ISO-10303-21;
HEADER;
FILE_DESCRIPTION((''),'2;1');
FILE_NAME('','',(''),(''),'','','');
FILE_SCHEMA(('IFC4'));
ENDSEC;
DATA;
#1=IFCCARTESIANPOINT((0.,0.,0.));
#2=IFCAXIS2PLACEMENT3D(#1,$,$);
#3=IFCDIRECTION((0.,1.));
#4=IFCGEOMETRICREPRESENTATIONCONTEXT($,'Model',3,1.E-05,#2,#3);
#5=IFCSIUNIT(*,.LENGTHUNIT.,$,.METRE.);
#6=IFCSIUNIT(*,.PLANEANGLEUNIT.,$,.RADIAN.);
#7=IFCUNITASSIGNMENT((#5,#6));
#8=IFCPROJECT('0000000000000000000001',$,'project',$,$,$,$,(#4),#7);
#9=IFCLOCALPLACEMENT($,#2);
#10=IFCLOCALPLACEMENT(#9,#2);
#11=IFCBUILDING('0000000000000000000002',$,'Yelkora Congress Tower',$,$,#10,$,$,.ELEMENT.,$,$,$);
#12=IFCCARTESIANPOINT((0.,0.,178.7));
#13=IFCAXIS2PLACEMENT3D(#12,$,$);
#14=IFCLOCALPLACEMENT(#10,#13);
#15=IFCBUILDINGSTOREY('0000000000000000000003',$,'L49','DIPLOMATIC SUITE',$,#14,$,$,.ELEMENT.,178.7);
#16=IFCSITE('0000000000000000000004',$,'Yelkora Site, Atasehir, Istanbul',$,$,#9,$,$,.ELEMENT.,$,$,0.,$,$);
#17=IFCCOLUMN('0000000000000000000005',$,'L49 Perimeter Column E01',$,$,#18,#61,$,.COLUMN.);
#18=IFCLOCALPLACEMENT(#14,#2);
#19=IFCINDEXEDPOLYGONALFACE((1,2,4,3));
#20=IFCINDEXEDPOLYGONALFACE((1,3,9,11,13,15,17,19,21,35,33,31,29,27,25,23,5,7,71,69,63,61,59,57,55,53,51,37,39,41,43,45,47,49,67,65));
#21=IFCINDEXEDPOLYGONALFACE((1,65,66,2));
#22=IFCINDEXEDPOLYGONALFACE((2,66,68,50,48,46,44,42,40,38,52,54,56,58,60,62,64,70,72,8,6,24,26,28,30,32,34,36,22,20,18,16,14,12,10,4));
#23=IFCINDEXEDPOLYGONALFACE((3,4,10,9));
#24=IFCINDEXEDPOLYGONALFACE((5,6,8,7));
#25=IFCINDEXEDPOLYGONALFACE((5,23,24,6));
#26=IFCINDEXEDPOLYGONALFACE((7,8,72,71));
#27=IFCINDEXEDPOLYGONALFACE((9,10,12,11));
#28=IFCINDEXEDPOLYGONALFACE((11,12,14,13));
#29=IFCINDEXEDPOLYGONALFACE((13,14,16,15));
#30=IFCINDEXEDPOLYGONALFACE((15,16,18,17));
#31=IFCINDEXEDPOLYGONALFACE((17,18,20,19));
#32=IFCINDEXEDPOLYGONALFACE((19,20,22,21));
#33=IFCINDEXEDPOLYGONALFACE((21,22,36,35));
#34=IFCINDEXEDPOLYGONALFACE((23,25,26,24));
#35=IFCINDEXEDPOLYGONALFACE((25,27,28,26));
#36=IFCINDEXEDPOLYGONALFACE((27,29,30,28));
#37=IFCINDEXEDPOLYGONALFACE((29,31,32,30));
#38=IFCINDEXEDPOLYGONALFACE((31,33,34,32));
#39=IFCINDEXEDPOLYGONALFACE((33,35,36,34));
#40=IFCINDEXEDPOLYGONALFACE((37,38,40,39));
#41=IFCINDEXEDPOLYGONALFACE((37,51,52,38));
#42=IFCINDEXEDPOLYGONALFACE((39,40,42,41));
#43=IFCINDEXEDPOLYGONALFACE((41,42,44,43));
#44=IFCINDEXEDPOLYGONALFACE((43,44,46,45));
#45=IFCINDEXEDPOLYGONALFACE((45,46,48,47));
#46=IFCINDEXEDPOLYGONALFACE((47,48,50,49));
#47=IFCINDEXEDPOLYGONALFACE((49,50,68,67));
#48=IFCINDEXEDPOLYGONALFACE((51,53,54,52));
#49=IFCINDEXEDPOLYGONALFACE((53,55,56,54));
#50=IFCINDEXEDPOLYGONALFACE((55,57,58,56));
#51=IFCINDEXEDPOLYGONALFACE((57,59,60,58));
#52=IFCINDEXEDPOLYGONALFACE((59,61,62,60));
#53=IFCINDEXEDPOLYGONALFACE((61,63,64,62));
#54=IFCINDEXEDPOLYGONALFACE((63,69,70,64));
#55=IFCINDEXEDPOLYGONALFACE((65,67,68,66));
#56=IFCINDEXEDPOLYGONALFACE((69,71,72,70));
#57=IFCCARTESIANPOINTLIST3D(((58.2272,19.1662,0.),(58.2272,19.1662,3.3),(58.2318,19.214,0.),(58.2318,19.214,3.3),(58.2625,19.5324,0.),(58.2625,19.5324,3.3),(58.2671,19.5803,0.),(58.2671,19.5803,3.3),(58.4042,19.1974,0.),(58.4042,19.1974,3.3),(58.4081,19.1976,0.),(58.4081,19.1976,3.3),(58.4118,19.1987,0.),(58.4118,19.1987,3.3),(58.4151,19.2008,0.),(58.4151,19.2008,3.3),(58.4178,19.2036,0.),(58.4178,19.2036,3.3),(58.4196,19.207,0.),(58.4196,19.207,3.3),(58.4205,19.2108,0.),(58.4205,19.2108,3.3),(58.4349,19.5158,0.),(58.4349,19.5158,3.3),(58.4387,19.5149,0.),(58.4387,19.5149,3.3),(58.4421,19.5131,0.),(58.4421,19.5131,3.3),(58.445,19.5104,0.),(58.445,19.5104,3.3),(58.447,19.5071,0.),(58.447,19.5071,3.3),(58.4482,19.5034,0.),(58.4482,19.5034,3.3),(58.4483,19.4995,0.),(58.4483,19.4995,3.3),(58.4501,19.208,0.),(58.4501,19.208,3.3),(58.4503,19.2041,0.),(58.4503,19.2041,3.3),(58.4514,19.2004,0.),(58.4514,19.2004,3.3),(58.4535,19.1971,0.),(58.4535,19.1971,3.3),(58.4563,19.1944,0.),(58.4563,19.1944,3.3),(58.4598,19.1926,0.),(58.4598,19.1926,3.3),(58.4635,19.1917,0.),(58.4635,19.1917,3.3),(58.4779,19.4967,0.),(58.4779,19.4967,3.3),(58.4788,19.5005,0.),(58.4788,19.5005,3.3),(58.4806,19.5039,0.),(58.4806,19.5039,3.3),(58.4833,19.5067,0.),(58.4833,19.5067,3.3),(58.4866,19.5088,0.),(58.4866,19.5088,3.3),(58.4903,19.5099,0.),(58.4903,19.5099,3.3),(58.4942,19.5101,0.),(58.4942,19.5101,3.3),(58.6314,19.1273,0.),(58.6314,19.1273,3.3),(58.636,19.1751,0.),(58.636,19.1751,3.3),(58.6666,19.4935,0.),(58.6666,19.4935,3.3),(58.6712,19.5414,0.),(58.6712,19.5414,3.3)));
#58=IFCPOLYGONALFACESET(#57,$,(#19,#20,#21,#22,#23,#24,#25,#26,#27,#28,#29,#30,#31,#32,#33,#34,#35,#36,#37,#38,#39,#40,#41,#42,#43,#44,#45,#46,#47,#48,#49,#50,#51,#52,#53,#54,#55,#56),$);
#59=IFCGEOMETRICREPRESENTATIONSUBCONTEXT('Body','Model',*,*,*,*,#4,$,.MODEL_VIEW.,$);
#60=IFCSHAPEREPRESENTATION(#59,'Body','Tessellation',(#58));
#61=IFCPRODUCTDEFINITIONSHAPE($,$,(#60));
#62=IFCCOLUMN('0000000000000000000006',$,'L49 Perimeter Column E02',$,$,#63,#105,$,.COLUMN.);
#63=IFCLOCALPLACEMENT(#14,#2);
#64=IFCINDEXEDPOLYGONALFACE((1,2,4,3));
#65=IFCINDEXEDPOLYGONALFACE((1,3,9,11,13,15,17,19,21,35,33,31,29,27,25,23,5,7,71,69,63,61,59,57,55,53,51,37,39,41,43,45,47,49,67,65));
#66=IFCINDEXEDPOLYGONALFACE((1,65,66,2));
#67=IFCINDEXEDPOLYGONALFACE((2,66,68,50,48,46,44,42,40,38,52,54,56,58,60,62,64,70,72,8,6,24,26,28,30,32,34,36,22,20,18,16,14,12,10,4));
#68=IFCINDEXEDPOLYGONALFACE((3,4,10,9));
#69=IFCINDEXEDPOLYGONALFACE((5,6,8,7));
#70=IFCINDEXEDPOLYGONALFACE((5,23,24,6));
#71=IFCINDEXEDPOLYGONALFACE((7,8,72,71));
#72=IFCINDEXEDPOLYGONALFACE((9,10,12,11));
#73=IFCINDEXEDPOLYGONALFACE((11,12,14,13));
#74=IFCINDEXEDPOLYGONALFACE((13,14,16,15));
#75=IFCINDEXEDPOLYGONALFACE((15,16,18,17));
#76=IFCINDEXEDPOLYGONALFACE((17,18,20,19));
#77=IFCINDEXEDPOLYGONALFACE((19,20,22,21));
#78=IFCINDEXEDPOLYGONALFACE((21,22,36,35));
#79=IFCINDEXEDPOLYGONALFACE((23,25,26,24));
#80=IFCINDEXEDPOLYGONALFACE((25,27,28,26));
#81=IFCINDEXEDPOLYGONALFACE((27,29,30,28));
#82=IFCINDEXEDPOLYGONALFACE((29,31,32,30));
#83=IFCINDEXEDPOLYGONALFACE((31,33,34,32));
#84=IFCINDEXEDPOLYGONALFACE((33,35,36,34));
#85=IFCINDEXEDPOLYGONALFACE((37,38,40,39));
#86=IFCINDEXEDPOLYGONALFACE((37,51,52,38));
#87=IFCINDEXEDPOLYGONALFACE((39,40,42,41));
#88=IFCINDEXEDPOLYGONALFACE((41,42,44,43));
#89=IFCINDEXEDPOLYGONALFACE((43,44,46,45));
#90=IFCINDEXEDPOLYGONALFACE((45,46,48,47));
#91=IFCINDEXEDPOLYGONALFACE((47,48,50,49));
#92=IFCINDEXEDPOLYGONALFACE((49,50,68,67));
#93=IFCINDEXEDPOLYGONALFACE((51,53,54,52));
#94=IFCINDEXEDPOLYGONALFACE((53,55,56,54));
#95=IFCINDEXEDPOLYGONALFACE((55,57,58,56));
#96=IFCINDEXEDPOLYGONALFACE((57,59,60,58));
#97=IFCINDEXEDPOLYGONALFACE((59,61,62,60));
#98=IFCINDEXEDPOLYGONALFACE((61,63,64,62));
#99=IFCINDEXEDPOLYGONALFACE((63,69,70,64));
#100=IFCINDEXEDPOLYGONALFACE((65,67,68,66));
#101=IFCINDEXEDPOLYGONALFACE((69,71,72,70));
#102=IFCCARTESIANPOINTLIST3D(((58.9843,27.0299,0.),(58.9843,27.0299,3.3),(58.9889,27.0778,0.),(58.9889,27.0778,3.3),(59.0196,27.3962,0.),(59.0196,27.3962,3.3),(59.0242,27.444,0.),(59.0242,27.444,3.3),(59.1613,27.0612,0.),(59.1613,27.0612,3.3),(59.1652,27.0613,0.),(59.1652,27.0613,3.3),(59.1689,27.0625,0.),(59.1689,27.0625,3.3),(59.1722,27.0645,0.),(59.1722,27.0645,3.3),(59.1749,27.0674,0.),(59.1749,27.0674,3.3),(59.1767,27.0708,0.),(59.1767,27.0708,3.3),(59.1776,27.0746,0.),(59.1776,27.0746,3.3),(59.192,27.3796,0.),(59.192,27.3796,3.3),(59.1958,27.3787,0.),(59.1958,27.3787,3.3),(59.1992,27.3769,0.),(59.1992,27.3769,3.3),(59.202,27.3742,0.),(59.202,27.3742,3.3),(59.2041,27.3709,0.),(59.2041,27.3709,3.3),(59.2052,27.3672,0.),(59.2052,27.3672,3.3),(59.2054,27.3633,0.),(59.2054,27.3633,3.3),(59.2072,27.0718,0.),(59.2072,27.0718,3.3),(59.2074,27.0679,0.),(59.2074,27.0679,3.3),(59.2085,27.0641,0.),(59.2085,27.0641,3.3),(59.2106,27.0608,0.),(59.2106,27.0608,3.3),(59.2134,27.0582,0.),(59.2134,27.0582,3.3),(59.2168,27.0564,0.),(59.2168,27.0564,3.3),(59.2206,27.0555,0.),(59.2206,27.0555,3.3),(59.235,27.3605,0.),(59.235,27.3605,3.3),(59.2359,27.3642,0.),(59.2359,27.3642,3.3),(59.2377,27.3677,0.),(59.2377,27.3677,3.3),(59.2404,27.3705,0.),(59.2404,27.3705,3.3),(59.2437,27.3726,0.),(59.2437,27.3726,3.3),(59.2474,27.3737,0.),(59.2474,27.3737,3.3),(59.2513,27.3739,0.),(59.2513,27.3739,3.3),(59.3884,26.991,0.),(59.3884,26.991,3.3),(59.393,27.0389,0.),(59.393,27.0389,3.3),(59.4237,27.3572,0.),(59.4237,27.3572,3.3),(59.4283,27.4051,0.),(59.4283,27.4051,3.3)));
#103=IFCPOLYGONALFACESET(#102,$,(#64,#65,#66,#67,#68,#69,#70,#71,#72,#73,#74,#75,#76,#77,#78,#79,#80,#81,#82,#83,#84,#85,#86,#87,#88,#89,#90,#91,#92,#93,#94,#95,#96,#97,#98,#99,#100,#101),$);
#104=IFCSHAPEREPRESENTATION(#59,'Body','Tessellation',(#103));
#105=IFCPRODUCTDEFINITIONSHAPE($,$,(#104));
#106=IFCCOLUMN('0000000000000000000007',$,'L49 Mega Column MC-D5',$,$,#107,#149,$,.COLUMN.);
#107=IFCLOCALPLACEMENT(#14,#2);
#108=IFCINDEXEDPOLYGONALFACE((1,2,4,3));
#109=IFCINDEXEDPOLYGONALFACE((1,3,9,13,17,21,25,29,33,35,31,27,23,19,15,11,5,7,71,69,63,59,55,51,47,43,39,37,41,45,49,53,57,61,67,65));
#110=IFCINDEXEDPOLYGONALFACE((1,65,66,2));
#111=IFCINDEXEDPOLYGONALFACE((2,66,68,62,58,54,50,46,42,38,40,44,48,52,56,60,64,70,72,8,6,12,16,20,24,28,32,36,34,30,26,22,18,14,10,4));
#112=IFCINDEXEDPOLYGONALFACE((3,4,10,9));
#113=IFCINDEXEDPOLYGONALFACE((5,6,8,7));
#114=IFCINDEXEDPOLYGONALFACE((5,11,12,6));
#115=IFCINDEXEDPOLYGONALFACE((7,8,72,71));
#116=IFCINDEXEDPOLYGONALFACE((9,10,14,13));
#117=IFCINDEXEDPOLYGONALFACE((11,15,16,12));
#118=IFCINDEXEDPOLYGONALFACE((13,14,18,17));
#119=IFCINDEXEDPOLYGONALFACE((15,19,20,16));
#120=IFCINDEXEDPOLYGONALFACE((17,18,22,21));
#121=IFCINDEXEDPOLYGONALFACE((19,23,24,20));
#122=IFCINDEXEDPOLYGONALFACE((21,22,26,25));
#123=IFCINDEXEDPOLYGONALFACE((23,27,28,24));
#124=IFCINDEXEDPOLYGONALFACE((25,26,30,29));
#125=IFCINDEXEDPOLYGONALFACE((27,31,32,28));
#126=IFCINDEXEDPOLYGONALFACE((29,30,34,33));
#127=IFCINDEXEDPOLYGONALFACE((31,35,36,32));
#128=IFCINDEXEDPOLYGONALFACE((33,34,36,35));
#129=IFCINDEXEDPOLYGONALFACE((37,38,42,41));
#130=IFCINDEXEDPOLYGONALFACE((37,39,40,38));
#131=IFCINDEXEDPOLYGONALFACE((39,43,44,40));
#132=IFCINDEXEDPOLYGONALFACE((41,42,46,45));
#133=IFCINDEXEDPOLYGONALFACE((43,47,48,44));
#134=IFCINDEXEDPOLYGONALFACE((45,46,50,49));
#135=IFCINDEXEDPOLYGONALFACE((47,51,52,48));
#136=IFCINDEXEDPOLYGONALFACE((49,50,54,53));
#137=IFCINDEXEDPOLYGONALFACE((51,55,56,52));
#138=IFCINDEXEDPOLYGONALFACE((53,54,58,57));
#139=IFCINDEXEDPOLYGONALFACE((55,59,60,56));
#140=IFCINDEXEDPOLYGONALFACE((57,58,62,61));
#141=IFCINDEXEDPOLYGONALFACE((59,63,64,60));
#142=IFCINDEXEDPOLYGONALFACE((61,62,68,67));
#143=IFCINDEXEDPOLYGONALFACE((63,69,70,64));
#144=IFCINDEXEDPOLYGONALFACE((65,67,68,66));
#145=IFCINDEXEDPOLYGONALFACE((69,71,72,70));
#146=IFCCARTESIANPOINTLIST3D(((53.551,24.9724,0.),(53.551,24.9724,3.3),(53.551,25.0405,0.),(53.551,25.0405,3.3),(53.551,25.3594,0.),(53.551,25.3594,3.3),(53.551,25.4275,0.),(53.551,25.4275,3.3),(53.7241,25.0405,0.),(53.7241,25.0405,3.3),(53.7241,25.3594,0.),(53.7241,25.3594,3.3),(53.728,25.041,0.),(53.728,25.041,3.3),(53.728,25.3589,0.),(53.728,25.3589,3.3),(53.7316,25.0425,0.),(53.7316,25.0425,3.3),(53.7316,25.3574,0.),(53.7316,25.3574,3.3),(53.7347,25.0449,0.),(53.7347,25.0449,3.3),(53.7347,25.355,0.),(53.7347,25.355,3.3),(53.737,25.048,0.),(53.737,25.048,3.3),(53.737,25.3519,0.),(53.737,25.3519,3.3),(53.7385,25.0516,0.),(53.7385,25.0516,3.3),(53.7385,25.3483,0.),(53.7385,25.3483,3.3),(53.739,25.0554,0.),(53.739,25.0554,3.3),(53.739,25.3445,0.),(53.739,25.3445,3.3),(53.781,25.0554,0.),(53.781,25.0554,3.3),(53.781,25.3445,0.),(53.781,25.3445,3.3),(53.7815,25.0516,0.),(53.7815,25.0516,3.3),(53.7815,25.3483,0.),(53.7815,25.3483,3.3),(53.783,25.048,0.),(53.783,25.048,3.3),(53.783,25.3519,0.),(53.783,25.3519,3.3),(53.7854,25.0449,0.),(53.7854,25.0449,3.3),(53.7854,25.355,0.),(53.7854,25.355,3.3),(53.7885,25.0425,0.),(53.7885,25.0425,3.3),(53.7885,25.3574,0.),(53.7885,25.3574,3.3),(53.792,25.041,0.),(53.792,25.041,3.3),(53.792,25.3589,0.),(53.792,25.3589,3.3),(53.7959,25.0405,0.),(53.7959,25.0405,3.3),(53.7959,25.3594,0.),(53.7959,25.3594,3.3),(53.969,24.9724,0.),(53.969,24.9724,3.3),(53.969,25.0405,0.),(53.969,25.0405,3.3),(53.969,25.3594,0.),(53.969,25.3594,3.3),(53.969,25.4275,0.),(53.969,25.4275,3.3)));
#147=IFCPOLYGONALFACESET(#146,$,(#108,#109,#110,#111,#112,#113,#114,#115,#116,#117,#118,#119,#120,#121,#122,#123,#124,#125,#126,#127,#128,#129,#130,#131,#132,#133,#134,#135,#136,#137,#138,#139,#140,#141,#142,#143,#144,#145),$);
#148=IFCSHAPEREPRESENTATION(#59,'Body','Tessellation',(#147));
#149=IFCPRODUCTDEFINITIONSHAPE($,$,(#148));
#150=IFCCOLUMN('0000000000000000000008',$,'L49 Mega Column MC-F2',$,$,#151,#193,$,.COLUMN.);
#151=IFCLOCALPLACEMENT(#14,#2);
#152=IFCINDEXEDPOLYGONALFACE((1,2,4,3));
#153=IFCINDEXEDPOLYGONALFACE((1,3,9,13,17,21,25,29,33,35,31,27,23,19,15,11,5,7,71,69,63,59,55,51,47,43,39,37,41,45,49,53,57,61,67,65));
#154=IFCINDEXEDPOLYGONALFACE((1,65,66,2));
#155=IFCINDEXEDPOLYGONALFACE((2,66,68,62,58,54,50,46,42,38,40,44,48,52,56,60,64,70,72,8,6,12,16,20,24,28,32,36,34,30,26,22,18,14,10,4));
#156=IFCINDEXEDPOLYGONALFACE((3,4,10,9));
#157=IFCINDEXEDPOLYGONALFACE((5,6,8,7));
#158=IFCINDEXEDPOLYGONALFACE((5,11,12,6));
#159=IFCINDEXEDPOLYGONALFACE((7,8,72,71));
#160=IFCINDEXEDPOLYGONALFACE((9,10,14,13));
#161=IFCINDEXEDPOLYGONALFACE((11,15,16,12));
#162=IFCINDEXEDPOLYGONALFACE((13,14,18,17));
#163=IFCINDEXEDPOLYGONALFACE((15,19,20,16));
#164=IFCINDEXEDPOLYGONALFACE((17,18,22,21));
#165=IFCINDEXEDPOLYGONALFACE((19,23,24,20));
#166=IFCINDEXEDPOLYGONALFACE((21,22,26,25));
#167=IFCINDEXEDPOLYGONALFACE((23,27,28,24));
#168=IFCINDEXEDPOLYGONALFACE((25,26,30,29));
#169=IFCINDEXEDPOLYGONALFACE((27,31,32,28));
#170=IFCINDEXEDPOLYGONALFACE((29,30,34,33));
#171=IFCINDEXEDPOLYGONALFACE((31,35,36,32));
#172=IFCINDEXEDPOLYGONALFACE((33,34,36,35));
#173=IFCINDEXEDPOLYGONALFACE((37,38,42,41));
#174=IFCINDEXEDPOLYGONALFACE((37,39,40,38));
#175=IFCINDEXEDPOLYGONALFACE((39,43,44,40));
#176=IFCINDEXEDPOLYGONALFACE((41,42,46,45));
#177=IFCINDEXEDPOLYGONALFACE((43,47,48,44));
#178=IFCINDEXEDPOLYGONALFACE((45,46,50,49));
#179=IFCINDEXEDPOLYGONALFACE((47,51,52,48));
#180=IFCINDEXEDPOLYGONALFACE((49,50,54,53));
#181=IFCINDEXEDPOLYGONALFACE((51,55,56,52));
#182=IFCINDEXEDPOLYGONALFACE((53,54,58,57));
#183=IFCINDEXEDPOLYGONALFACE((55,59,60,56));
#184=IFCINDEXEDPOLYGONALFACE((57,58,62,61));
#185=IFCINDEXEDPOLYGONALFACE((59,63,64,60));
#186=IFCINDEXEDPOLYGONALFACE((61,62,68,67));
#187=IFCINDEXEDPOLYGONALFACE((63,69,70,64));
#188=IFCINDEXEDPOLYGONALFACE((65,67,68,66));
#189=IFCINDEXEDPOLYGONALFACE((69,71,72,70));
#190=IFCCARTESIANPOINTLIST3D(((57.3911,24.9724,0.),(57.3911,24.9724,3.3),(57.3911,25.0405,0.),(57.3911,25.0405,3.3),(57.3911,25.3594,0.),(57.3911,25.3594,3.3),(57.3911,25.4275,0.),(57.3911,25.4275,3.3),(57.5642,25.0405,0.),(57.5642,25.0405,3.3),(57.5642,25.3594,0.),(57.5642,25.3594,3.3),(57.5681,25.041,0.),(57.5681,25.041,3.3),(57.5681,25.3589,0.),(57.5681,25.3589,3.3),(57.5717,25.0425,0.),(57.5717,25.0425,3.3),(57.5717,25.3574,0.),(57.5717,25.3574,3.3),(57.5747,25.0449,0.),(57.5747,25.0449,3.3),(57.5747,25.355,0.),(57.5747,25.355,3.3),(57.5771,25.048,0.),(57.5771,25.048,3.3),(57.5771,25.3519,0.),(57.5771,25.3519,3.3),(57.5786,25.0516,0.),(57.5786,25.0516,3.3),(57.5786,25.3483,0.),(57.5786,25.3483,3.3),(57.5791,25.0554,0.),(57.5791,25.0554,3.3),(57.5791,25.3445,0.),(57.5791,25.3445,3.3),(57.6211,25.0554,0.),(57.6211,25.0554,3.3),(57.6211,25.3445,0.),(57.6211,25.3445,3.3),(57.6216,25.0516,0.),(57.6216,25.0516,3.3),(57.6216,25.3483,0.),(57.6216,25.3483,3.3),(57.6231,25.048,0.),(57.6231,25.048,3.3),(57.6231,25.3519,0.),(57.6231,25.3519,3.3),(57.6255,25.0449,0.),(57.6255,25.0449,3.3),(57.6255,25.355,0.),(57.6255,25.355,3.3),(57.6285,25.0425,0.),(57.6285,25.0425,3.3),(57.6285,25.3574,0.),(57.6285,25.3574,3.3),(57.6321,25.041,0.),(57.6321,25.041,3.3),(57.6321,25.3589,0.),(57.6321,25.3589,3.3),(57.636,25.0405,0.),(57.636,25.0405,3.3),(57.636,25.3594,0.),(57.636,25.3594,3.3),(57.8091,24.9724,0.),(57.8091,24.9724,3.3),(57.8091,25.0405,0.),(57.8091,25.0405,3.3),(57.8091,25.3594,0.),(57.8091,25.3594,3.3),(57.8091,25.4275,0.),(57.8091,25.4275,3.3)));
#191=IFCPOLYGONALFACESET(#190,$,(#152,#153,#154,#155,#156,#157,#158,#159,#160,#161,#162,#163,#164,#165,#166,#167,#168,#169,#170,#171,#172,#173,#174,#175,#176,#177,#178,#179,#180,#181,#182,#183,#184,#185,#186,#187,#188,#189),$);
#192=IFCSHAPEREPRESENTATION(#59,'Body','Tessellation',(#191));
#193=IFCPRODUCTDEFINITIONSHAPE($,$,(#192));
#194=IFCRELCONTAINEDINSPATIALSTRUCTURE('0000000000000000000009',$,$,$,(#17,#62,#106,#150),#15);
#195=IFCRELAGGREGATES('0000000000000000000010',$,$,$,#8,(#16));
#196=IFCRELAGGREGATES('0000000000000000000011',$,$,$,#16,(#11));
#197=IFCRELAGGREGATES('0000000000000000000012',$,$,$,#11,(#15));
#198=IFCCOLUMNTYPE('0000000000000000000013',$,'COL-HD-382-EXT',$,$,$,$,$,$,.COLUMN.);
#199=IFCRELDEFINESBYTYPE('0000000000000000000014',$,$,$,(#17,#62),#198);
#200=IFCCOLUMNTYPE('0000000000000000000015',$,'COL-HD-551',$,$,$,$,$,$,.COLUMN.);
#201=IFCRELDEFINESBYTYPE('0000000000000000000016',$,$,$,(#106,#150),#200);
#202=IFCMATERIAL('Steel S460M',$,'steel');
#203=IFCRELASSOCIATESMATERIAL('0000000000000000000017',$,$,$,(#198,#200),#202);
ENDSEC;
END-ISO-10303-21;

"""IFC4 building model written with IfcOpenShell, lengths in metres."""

from ifc_helpers import new_model, si_unit, direction, frame, origin, origin_2d, place, context, subcontext, project, spatial, i_section, extrude, material, material_profile, profile_set, type_object, element, save


model = new_model("IFC4")

# Units and contexts
model_context = context("Model", 3, precision=1e-05, world=origin(), true_north=direction((0.0, 1.0)))
body_context = subcontext(model_context, "Body", "Model", "MODEL_VIEW")
ifc_project = project(units=[si_unit("LENGTHUNIT", "METRE"), si_unit("PLANEANGLEUNIT", "RADIAN")], contexts=[model_context])

# Site, building, storey
site_placement = place(None, origin())
site = spatial("IfcSite", under=ifc_project, at=site_placement, Name="Yelkora Site, Atasehir, Istanbul", CompositionType="ELEMENT", RefElevation=0.0)
building_placement = place(site_placement, origin())
building = spatial("IfcBuilding", under=site, at=building_placement, Name="Yelkora Congress Tower", CompositionType="ELEMENT")
storey_placement = place(building_placement, frame((0.0, 0.0, 178.7)))
storey = spatial("IfcBuildingStorey", under=building, at=storey_placement, Name="L49", Description="DIPLOMATIC SUITE", CompositionType="ELEMENT", Elevation=178.7)

# Columns
ifc_material_1 = material(Name="Steel S460M", Category="steel")
ifc_material_profile_1 = material_profile(ifc_material_1, i_section(OverallWidth=0.406, OverallDepth=0.416, WebThickness=0.0298, FlangeThickness=0.0481, FilletRadius=0.0149, at=origin_2d()), Name="HD 400x382")
ifc_profile_set_1 = profile_set([ifc_material_profile_1], Name="Steel S460M")
column_type_1 = type_object("IfcColumnType", Name="COL-HD-382-EXT", PredefinedType="COLUMN", material=ifc_profile_set_1)
for number, where, z_axis, x_axis, name in (
    (1, (58.4492, 19.3538, 0.0), (0.0, 0.0, 1.0), (0.995396, -0.095846, 0.0), "L49 Perimeter Column E01"),
    (2, (59.2063, 27.2175, 0.0), (0.0, 0.0, 1.0), (0.995396, -0.095846, 0.0), "L49 Perimeter Column E02"),
):
    element("IfcColumn", number, at=place(storey_placement, frame(where, z_axis=z_axis, x_axis=x_axis)), inside=storey, type_object=column_type_1, Name=name, PredefinedType="COLUMN", context=body_context, shape_type="SweptSolid", body=[
        extrude(i_section(OverallWidth=0.406, OverallDepth=0.416, WebThickness=0.0298, FlangeThickness=0.0481, FilletRadius=0.0149, at=origin_2d()), origin(), (0.0, 0.0, 1.0), 3.3),
    ])
ifc_material_profile_2 = material_profile(ifc_material_1, i_section(OverallWidth=0.418, OverallDepth=0.4551, WebThickness=0.042, FlangeThickness=0.0681, FilletRadius=0.0149, at=origin_2d()), Name="HD 400x551")
ifc_profile_set_2 = profile_set([ifc_material_profile_2], Name="Steel S460M")
column_type_2 = type_object("IfcColumnType", Name="COL-HD-551", PredefinedType="COLUMN", material=ifc_profile_set_2)
for number, where, z_axis, x_axis, name in (
    (3, (53.76, 25.2, 0.0), (0.0, 0.0, 1.0), (1.0, 0.0, 0.0), "L49 Mega Column MC-D5"),
    (4, (57.6001, 25.2, 0.0), (0.0, 0.0, 1.0), (1.0, 0.0, 0.0), "L49 Mega Column MC-F2"),
):
    element("IfcColumn", number, at=place(storey_placement, frame(where, z_axis=z_axis, x_axis=x_axis)), inside=storey, type_object=column_type_2, Name=name, PredefinedType="COLUMN", context=body_context, shape_type="SweptSolid", body=[
        extrude(i_section(OverallWidth=0.418, OverallDepth=0.4551, WebThickness=0.042, FlangeThickness=0.0681, FilletRadius=0.0149, at=origin_2d()), origin(), (0.0, 0.0, 1.0), 3.3),
    ])

save(model, "model.ifc")
